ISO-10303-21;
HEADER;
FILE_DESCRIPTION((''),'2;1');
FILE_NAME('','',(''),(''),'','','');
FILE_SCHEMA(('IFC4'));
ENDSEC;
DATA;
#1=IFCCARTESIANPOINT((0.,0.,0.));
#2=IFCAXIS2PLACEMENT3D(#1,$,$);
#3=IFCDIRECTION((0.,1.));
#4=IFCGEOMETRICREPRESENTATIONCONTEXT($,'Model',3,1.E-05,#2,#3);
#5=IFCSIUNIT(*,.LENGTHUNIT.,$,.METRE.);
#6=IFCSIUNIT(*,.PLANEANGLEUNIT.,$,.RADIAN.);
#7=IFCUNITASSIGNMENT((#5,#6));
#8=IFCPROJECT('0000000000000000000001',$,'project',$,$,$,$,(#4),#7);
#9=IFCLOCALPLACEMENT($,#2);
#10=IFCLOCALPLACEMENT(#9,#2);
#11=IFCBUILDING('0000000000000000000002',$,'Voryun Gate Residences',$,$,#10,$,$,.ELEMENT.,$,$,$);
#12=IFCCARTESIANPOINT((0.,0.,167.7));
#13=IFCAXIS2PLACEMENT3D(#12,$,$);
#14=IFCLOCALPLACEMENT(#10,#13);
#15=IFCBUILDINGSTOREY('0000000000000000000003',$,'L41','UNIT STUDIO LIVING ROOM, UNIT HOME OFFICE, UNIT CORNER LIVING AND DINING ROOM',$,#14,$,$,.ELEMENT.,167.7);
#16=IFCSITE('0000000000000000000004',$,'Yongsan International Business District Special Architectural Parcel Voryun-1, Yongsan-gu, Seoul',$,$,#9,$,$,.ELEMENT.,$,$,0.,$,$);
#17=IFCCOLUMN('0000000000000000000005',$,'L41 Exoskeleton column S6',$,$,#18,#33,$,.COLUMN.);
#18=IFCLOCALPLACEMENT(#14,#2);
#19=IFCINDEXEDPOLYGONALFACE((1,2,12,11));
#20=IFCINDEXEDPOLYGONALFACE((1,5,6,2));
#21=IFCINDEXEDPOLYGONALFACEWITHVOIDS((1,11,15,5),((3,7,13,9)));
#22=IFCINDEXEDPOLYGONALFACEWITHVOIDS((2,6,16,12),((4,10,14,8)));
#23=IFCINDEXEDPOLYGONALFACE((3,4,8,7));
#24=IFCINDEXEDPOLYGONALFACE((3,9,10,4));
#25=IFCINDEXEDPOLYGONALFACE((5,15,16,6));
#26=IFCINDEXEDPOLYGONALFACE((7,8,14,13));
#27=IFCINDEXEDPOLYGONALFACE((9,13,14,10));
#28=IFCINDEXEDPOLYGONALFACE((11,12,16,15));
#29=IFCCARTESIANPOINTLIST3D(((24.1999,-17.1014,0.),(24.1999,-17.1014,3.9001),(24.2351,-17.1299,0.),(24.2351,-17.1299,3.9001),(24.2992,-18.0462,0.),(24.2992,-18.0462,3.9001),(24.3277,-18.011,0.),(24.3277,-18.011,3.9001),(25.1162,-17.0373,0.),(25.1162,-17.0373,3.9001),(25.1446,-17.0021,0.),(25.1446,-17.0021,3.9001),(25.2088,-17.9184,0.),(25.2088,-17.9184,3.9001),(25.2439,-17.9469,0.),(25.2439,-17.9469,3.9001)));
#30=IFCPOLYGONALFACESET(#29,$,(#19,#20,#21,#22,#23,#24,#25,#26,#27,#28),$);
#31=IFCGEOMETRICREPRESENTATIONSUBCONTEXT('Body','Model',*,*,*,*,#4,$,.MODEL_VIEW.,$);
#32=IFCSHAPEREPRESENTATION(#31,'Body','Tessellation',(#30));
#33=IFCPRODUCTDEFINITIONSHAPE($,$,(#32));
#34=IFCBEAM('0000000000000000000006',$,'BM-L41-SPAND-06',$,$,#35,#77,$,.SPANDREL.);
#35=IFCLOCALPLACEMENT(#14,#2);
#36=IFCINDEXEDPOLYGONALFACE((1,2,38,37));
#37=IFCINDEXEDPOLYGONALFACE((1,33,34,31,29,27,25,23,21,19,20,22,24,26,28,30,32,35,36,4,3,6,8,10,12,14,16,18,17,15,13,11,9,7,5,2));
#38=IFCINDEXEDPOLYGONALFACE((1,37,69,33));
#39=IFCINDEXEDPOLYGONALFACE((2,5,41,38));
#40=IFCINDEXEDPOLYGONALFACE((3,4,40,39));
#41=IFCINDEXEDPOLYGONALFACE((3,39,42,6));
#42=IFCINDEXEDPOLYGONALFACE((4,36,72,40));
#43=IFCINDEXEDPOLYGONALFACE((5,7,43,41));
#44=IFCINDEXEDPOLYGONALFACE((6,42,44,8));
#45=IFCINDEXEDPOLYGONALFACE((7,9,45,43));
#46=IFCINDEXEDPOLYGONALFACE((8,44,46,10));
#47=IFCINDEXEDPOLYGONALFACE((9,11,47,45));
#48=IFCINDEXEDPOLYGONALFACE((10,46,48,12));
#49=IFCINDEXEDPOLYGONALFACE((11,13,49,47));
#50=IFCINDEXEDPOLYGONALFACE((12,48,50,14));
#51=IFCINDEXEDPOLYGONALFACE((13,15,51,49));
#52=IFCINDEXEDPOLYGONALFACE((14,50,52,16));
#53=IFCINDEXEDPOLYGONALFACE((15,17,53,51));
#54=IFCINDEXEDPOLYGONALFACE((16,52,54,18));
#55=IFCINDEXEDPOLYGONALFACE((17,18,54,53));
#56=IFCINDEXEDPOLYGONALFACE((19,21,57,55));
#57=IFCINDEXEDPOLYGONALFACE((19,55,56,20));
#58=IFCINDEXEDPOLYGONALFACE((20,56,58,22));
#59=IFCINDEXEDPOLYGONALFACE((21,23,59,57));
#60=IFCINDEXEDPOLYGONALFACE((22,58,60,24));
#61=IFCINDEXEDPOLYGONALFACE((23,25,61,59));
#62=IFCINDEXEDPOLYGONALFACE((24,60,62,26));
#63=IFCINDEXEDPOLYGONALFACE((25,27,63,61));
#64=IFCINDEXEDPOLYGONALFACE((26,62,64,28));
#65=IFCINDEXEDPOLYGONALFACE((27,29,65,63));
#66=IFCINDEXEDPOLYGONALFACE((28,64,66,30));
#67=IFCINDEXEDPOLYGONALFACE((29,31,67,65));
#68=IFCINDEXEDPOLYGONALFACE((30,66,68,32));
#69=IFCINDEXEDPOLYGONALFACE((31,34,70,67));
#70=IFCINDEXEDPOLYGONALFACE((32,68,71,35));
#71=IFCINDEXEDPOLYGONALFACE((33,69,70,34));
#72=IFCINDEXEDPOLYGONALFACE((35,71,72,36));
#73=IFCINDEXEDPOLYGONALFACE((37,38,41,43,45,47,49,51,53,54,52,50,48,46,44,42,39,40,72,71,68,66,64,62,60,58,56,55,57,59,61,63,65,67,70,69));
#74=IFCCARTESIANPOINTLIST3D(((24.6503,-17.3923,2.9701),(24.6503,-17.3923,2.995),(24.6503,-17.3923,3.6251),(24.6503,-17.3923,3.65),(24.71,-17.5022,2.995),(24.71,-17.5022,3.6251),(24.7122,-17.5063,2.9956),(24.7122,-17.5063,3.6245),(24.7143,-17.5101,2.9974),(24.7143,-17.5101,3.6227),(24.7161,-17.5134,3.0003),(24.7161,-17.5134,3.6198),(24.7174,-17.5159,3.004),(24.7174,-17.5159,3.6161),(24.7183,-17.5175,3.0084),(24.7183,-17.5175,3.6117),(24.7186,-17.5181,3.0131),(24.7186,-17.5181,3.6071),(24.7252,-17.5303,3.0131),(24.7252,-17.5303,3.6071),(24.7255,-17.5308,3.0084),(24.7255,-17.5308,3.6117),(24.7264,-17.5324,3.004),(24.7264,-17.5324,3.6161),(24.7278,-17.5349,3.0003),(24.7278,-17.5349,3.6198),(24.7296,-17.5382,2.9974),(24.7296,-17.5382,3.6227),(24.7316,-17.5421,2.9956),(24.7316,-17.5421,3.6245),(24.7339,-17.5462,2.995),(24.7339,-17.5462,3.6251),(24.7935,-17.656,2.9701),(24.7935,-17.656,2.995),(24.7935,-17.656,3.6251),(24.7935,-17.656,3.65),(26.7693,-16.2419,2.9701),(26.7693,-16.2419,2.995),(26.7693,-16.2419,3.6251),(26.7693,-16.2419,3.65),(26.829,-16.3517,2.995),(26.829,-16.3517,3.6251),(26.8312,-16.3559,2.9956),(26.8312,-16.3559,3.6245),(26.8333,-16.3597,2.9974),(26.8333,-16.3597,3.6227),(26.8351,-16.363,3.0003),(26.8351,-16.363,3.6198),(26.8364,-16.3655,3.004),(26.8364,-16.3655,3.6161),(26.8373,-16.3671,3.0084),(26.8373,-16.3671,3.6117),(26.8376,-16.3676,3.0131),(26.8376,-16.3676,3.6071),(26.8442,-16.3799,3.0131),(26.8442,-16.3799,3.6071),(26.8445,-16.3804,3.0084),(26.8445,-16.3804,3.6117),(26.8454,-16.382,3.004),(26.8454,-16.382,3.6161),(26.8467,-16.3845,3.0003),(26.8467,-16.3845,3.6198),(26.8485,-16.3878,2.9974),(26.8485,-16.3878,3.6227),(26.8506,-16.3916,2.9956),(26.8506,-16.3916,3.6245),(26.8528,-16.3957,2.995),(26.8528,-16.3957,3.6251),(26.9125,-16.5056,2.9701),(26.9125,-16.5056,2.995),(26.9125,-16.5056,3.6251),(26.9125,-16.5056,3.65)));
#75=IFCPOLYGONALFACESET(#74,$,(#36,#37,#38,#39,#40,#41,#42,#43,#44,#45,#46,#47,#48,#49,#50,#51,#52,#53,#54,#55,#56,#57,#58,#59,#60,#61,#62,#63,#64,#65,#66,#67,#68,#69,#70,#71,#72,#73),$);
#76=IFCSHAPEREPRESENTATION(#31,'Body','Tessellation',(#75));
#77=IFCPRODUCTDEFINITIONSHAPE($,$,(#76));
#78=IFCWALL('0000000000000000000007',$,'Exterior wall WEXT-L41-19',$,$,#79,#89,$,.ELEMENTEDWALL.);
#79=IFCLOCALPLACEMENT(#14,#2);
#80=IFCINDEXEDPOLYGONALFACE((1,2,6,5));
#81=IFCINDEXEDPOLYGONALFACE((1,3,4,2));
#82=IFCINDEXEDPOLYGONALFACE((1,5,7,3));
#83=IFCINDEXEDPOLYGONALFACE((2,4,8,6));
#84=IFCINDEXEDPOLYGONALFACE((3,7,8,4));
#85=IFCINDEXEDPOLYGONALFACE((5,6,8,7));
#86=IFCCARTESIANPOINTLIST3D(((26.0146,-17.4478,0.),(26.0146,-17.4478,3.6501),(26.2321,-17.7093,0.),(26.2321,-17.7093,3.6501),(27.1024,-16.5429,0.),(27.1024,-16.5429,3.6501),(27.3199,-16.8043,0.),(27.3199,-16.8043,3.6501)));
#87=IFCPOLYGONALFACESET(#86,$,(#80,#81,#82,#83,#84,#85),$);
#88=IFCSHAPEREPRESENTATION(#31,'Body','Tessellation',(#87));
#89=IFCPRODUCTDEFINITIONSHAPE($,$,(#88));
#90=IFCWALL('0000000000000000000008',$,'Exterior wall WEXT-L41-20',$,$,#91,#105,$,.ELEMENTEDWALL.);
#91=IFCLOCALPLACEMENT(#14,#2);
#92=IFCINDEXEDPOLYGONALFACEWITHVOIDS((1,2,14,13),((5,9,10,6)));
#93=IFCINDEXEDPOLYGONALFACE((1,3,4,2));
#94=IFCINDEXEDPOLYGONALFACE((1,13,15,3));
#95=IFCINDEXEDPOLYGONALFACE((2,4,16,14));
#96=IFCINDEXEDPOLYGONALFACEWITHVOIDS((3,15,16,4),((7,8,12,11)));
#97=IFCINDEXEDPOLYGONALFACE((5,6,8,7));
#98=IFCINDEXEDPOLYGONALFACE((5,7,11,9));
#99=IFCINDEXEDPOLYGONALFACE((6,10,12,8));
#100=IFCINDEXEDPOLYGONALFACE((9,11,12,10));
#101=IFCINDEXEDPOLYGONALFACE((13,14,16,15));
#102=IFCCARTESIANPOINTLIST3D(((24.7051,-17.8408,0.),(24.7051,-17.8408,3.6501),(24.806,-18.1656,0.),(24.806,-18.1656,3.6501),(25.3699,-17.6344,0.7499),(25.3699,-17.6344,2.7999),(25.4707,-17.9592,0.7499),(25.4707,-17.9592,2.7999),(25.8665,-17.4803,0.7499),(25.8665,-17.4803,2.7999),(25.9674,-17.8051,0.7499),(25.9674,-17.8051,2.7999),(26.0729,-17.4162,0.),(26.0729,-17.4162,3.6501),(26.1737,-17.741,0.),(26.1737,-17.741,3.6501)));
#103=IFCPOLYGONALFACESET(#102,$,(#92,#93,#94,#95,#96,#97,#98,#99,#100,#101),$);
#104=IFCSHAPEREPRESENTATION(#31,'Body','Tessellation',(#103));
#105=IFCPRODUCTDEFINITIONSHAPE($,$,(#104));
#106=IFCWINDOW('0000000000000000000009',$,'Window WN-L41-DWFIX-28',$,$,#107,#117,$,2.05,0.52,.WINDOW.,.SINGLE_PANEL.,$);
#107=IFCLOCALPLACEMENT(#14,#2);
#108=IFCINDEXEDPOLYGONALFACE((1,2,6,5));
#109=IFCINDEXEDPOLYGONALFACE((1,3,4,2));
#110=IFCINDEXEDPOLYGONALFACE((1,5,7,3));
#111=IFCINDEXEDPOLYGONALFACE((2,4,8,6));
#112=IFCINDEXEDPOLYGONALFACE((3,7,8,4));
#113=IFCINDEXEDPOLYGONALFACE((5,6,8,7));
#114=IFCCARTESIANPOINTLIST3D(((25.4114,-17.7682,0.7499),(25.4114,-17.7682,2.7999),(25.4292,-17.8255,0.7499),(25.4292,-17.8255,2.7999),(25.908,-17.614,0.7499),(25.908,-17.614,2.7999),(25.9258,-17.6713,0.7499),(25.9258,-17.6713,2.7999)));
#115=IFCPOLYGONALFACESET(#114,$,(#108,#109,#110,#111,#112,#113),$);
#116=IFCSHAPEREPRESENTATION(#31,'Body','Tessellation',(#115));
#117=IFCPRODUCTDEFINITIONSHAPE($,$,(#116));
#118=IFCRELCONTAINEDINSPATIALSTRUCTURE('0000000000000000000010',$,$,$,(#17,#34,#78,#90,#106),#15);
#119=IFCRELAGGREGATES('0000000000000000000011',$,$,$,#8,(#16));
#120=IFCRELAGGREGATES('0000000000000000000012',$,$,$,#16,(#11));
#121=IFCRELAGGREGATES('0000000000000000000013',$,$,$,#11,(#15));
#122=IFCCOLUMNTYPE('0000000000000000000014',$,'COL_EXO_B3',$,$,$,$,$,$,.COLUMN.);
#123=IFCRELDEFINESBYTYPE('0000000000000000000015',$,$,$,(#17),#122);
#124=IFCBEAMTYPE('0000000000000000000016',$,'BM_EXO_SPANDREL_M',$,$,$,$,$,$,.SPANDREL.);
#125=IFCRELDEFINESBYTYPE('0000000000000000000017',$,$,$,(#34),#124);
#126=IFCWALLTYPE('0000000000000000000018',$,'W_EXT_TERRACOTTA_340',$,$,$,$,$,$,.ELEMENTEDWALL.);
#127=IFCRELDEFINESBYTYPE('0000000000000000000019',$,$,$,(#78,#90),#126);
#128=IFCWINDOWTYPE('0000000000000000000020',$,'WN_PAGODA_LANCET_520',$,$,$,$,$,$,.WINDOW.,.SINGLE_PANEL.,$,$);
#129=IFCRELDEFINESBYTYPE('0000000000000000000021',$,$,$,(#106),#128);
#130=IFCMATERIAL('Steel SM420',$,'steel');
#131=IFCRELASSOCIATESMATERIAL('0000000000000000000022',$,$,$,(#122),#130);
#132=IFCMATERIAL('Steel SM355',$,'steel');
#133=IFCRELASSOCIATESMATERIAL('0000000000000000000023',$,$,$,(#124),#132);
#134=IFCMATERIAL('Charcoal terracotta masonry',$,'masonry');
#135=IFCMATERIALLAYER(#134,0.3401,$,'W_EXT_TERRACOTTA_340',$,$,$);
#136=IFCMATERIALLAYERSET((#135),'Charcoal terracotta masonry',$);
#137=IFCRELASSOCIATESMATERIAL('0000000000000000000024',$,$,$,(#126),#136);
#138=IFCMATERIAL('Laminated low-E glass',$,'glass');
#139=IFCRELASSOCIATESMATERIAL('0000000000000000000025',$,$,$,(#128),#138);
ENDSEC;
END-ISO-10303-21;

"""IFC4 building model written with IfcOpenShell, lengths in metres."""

from ifc_helpers import new_model, si_unit, direction, frame, frame_2d, origin, origin_2d, place, context, subcontext, project, spatial, rectangle, hollow_rectangle, i_section, extrude, material, layer, layer_set, material_profile, profile_set, type_object, element, fill, save


model = new_model("IFC4")

# Units and contexts
model_context = context("Model", 3, precision=1e-05, world=origin(), true_north=direction((0.0, 1.0)))
body_context = subcontext(model_context, "Body", "Model", "MODEL_VIEW")
ifc_project = project(units=[si_unit("LENGTHUNIT", "METRE"), si_unit("PLANEANGLEUNIT", "RADIAN")], contexts=[model_context])

# Site, building, storey
site_placement = place(None, origin())
site = spatial("IfcSite", under=ifc_project, at=site_placement, Name="Yongsan International Business District Special Architectural Parcel Voryun-1, Yongsan-gu, Seoul", CompositionType="ELEMENT", RefElevation=0.0)
building_placement = place(site_placement, origin())
building = spatial("IfcBuilding", under=site, at=building_placement, Name="Voryun Gate Residences", CompositionType="ELEMENT")
storey_placement = place(building_placement, frame((0.0, 0.0, 167.7)))
storey = spatial("IfcBuildingStorey", under=building, at=storey_placement, Name="L41", Description="UNIT STUDIO LIVING ROOM, UNIT HOME OFFICE, UNIT CORNER LIVING AND DINING ROOM", CompositionType="ELEMENT", Elevation=167.7)

# Column
ifc_material_1 = material(Name="Steel SM420", Category="steel")
ifc_material_profile_1 = material_profile(ifc_material_1, hollow_rectangle(XDim=0.95, YDim=0.95, WallThickness=0.032, at=origin_2d()), Name="BOX-950x950x32")
ifc_profile_set_1 = profile_set([ifc_material_profile_1], Name="Steel SM420")
column_type = type_object("IfcColumnType", Name="COL_EXO_B3", PredefinedType="COLUMN", material=ifc_profile_set_1)
column_placement = place(storey_placement, frame((24.7219, -17.5242, 0.0), z_axis=(0.0, 0.0, 1.0), x_axis=(0.994522, 0.104528, 0.0)))
element("IfcColumn", 1, at=column_placement, inside=storey, type_object=column_type, Name="L41 Exoskeleton column S6", PredefinedType="COLUMN", context=body_context, shape_type="SweptSolid", body=[
    extrude(hollow_rectangle(XDim=0.95, YDim=0.95, WallThickness=0.032, at=origin_2d()), origin(), (0.0, 0.0, 1.0), 3.9001),
])

# Beam
ifc_material_2 = material(Name="Steel SM355", Category="steel")
ifc_material_profile_2 = material_profile(ifc_material_2, i_section(OverallWidth=0.3, OverallDepth=0.6799, WebThickness=0.0139, FlangeThickness=0.0249, FilletRadius=0.0181, at=origin_2d()), Name="H-680x300x14x25")
ifc_profile_set_2 = profile_set([ifc_material_profile_2], Name="Steel SM355")
beam_type = type_object("IfcBeamType", Name="BM_EXO_SPANDREL_M", PredefinedType="SPANDREL", material=ifc_profile_set_2)
beam_placement = place(storey_placement, frame((24.7219, -17.5242, 3.3101), z_axis=(0.87883, 0.477134, 0.0), x_axis=(-0.477134, 0.87883, 0.0)))
element("IfcBeam", 2, at=beam_placement, inside=storey, type_object=beam_type, Name="BM-L41-SPAND-06", PredefinedType="SPANDREL", context=body_context, shape_type="SweptSolid", body=[
    extrude(i_section(OverallWidth=0.3, OverallDepth=0.6799, WebThickness=0.0139, FlangeThickness=0.0249, FilletRadius=0.0181, at=origin_2d()), origin(), (0.0, 0.0, 1.0), 2.4111),
])

# Shared definitions
ifc_material_3 = material(Name="Charcoal terracotta masonry", Category="masonry")
ifc_layer = layer(ifc_material_3, 0.3401, Name="W_EXT_TERRACOTTA_340")
ifc_layer_set = layer_set([ifc_layer], Name="Charcoal terracotta masonry")
wall_type = type_object("IfcWallType", Name="W_EXT_TERRACOTTA_340", PredefinedType="ELEMENTEDWALL", material=ifc_layer_set)

# Wall
wall_1_placement = place(storey_placement, frame((27.2112, -16.6736, 0.0), z_axis=(0.0, 0.0, 1.0), x_axis=(-0.768758, -0.639539, 0.0)))
element("IfcWall", 3, at=wall_1_placement, inside=storey, type_object=wall_type, Name="Exterior wall WEXT-L41-19", PredefinedType="ELEMENTEDWALL", context=body_context, shape_type="SweptSolid", body=[
    extrude(rectangle(XDim=1.415, YDim=0.3401, at=frame_2d((0.7075, 0.0))), origin(), (0.0, 0.0, 1.0), 3.6501),
])

# Wall, opening, window
wall_2_placement = place(storey_placement, frame((26.1233, -17.5786, 0.0), z_axis=(0.0, 0.0, 1.0), x_axis=(-0.955043, -0.296469, 0.0)))
wall_2 = element("IfcWall", 4, at=wall_2_placement, inside=storey, type_object=wall_type, Name="Exterior wall WEXT-L41-20", PredefinedType="ELEMENTEDWALL", context=body_context, shape_type="SweptSolid", body=[
    extrude(rectangle(XDim=1.4321, YDim=0.3401, at=frame_2d((0.7161, 0.0))), origin(), (0.0, 0.0, 1.0), 3.6501),
])
opening_1_placement = place(wall_2_placement, frame((0.2161, 0.0, 0.75)))
opening_1 = element("IfcOpeningElement", 5, at=opening_1_placement, cuts=wall_2, PredefinedType="OPENING", context=body_context, shape_type="SweptSolid", body=[
    extrude(rectangle(XDim=0.52, YDim=2.05, at=frame_2d((0.26, 1.0249))), frame((0.0, 0.1799, 0.0), z_axis=(0.0, -1.0, 0.0), x_axis=(1.0, 0.0, 0.0)), (0.0, 0.0, 1.0), 0.3601),
])
ifc_material_4 = material(Name="Laminated low-E glass", Category="glass")
window_type_1 = type_object("IfcWindowType", Name="WN_PAGODA_LANCET_520", PartitioningType="SINGLE_PANEL", PredefinedType="WINDOW", material=ifc_material_4)
window_1_placement = place(opening_1_placement, origin())
window_1 = element("IfcWindow", 6, at=window_1_placement, inside=storey, type_object=window_type_1, Name="Window WN-L41-DWFIX-28", OverallHeight=2.05, OverallWidth=0.52, PartitioningType="SINGLE_PANEL", PredefinedType="WINDOW", context=body_context, shape_type="SweptSolid", body=[
    extrude(rectangle(XDim=0.52, YDim=2.05, at=frame_2d((0.26, 1.0249))), frame((0.0, 0.03, 0.0), z_axis=(0.0, -1.0, 0.0), x_axis=(1.0, 0.0, 0.0)), (0.0, 0.0, 1.0), 0.0601),
])
fill(opening_1, window_1)

save(model, "model.ifc")
